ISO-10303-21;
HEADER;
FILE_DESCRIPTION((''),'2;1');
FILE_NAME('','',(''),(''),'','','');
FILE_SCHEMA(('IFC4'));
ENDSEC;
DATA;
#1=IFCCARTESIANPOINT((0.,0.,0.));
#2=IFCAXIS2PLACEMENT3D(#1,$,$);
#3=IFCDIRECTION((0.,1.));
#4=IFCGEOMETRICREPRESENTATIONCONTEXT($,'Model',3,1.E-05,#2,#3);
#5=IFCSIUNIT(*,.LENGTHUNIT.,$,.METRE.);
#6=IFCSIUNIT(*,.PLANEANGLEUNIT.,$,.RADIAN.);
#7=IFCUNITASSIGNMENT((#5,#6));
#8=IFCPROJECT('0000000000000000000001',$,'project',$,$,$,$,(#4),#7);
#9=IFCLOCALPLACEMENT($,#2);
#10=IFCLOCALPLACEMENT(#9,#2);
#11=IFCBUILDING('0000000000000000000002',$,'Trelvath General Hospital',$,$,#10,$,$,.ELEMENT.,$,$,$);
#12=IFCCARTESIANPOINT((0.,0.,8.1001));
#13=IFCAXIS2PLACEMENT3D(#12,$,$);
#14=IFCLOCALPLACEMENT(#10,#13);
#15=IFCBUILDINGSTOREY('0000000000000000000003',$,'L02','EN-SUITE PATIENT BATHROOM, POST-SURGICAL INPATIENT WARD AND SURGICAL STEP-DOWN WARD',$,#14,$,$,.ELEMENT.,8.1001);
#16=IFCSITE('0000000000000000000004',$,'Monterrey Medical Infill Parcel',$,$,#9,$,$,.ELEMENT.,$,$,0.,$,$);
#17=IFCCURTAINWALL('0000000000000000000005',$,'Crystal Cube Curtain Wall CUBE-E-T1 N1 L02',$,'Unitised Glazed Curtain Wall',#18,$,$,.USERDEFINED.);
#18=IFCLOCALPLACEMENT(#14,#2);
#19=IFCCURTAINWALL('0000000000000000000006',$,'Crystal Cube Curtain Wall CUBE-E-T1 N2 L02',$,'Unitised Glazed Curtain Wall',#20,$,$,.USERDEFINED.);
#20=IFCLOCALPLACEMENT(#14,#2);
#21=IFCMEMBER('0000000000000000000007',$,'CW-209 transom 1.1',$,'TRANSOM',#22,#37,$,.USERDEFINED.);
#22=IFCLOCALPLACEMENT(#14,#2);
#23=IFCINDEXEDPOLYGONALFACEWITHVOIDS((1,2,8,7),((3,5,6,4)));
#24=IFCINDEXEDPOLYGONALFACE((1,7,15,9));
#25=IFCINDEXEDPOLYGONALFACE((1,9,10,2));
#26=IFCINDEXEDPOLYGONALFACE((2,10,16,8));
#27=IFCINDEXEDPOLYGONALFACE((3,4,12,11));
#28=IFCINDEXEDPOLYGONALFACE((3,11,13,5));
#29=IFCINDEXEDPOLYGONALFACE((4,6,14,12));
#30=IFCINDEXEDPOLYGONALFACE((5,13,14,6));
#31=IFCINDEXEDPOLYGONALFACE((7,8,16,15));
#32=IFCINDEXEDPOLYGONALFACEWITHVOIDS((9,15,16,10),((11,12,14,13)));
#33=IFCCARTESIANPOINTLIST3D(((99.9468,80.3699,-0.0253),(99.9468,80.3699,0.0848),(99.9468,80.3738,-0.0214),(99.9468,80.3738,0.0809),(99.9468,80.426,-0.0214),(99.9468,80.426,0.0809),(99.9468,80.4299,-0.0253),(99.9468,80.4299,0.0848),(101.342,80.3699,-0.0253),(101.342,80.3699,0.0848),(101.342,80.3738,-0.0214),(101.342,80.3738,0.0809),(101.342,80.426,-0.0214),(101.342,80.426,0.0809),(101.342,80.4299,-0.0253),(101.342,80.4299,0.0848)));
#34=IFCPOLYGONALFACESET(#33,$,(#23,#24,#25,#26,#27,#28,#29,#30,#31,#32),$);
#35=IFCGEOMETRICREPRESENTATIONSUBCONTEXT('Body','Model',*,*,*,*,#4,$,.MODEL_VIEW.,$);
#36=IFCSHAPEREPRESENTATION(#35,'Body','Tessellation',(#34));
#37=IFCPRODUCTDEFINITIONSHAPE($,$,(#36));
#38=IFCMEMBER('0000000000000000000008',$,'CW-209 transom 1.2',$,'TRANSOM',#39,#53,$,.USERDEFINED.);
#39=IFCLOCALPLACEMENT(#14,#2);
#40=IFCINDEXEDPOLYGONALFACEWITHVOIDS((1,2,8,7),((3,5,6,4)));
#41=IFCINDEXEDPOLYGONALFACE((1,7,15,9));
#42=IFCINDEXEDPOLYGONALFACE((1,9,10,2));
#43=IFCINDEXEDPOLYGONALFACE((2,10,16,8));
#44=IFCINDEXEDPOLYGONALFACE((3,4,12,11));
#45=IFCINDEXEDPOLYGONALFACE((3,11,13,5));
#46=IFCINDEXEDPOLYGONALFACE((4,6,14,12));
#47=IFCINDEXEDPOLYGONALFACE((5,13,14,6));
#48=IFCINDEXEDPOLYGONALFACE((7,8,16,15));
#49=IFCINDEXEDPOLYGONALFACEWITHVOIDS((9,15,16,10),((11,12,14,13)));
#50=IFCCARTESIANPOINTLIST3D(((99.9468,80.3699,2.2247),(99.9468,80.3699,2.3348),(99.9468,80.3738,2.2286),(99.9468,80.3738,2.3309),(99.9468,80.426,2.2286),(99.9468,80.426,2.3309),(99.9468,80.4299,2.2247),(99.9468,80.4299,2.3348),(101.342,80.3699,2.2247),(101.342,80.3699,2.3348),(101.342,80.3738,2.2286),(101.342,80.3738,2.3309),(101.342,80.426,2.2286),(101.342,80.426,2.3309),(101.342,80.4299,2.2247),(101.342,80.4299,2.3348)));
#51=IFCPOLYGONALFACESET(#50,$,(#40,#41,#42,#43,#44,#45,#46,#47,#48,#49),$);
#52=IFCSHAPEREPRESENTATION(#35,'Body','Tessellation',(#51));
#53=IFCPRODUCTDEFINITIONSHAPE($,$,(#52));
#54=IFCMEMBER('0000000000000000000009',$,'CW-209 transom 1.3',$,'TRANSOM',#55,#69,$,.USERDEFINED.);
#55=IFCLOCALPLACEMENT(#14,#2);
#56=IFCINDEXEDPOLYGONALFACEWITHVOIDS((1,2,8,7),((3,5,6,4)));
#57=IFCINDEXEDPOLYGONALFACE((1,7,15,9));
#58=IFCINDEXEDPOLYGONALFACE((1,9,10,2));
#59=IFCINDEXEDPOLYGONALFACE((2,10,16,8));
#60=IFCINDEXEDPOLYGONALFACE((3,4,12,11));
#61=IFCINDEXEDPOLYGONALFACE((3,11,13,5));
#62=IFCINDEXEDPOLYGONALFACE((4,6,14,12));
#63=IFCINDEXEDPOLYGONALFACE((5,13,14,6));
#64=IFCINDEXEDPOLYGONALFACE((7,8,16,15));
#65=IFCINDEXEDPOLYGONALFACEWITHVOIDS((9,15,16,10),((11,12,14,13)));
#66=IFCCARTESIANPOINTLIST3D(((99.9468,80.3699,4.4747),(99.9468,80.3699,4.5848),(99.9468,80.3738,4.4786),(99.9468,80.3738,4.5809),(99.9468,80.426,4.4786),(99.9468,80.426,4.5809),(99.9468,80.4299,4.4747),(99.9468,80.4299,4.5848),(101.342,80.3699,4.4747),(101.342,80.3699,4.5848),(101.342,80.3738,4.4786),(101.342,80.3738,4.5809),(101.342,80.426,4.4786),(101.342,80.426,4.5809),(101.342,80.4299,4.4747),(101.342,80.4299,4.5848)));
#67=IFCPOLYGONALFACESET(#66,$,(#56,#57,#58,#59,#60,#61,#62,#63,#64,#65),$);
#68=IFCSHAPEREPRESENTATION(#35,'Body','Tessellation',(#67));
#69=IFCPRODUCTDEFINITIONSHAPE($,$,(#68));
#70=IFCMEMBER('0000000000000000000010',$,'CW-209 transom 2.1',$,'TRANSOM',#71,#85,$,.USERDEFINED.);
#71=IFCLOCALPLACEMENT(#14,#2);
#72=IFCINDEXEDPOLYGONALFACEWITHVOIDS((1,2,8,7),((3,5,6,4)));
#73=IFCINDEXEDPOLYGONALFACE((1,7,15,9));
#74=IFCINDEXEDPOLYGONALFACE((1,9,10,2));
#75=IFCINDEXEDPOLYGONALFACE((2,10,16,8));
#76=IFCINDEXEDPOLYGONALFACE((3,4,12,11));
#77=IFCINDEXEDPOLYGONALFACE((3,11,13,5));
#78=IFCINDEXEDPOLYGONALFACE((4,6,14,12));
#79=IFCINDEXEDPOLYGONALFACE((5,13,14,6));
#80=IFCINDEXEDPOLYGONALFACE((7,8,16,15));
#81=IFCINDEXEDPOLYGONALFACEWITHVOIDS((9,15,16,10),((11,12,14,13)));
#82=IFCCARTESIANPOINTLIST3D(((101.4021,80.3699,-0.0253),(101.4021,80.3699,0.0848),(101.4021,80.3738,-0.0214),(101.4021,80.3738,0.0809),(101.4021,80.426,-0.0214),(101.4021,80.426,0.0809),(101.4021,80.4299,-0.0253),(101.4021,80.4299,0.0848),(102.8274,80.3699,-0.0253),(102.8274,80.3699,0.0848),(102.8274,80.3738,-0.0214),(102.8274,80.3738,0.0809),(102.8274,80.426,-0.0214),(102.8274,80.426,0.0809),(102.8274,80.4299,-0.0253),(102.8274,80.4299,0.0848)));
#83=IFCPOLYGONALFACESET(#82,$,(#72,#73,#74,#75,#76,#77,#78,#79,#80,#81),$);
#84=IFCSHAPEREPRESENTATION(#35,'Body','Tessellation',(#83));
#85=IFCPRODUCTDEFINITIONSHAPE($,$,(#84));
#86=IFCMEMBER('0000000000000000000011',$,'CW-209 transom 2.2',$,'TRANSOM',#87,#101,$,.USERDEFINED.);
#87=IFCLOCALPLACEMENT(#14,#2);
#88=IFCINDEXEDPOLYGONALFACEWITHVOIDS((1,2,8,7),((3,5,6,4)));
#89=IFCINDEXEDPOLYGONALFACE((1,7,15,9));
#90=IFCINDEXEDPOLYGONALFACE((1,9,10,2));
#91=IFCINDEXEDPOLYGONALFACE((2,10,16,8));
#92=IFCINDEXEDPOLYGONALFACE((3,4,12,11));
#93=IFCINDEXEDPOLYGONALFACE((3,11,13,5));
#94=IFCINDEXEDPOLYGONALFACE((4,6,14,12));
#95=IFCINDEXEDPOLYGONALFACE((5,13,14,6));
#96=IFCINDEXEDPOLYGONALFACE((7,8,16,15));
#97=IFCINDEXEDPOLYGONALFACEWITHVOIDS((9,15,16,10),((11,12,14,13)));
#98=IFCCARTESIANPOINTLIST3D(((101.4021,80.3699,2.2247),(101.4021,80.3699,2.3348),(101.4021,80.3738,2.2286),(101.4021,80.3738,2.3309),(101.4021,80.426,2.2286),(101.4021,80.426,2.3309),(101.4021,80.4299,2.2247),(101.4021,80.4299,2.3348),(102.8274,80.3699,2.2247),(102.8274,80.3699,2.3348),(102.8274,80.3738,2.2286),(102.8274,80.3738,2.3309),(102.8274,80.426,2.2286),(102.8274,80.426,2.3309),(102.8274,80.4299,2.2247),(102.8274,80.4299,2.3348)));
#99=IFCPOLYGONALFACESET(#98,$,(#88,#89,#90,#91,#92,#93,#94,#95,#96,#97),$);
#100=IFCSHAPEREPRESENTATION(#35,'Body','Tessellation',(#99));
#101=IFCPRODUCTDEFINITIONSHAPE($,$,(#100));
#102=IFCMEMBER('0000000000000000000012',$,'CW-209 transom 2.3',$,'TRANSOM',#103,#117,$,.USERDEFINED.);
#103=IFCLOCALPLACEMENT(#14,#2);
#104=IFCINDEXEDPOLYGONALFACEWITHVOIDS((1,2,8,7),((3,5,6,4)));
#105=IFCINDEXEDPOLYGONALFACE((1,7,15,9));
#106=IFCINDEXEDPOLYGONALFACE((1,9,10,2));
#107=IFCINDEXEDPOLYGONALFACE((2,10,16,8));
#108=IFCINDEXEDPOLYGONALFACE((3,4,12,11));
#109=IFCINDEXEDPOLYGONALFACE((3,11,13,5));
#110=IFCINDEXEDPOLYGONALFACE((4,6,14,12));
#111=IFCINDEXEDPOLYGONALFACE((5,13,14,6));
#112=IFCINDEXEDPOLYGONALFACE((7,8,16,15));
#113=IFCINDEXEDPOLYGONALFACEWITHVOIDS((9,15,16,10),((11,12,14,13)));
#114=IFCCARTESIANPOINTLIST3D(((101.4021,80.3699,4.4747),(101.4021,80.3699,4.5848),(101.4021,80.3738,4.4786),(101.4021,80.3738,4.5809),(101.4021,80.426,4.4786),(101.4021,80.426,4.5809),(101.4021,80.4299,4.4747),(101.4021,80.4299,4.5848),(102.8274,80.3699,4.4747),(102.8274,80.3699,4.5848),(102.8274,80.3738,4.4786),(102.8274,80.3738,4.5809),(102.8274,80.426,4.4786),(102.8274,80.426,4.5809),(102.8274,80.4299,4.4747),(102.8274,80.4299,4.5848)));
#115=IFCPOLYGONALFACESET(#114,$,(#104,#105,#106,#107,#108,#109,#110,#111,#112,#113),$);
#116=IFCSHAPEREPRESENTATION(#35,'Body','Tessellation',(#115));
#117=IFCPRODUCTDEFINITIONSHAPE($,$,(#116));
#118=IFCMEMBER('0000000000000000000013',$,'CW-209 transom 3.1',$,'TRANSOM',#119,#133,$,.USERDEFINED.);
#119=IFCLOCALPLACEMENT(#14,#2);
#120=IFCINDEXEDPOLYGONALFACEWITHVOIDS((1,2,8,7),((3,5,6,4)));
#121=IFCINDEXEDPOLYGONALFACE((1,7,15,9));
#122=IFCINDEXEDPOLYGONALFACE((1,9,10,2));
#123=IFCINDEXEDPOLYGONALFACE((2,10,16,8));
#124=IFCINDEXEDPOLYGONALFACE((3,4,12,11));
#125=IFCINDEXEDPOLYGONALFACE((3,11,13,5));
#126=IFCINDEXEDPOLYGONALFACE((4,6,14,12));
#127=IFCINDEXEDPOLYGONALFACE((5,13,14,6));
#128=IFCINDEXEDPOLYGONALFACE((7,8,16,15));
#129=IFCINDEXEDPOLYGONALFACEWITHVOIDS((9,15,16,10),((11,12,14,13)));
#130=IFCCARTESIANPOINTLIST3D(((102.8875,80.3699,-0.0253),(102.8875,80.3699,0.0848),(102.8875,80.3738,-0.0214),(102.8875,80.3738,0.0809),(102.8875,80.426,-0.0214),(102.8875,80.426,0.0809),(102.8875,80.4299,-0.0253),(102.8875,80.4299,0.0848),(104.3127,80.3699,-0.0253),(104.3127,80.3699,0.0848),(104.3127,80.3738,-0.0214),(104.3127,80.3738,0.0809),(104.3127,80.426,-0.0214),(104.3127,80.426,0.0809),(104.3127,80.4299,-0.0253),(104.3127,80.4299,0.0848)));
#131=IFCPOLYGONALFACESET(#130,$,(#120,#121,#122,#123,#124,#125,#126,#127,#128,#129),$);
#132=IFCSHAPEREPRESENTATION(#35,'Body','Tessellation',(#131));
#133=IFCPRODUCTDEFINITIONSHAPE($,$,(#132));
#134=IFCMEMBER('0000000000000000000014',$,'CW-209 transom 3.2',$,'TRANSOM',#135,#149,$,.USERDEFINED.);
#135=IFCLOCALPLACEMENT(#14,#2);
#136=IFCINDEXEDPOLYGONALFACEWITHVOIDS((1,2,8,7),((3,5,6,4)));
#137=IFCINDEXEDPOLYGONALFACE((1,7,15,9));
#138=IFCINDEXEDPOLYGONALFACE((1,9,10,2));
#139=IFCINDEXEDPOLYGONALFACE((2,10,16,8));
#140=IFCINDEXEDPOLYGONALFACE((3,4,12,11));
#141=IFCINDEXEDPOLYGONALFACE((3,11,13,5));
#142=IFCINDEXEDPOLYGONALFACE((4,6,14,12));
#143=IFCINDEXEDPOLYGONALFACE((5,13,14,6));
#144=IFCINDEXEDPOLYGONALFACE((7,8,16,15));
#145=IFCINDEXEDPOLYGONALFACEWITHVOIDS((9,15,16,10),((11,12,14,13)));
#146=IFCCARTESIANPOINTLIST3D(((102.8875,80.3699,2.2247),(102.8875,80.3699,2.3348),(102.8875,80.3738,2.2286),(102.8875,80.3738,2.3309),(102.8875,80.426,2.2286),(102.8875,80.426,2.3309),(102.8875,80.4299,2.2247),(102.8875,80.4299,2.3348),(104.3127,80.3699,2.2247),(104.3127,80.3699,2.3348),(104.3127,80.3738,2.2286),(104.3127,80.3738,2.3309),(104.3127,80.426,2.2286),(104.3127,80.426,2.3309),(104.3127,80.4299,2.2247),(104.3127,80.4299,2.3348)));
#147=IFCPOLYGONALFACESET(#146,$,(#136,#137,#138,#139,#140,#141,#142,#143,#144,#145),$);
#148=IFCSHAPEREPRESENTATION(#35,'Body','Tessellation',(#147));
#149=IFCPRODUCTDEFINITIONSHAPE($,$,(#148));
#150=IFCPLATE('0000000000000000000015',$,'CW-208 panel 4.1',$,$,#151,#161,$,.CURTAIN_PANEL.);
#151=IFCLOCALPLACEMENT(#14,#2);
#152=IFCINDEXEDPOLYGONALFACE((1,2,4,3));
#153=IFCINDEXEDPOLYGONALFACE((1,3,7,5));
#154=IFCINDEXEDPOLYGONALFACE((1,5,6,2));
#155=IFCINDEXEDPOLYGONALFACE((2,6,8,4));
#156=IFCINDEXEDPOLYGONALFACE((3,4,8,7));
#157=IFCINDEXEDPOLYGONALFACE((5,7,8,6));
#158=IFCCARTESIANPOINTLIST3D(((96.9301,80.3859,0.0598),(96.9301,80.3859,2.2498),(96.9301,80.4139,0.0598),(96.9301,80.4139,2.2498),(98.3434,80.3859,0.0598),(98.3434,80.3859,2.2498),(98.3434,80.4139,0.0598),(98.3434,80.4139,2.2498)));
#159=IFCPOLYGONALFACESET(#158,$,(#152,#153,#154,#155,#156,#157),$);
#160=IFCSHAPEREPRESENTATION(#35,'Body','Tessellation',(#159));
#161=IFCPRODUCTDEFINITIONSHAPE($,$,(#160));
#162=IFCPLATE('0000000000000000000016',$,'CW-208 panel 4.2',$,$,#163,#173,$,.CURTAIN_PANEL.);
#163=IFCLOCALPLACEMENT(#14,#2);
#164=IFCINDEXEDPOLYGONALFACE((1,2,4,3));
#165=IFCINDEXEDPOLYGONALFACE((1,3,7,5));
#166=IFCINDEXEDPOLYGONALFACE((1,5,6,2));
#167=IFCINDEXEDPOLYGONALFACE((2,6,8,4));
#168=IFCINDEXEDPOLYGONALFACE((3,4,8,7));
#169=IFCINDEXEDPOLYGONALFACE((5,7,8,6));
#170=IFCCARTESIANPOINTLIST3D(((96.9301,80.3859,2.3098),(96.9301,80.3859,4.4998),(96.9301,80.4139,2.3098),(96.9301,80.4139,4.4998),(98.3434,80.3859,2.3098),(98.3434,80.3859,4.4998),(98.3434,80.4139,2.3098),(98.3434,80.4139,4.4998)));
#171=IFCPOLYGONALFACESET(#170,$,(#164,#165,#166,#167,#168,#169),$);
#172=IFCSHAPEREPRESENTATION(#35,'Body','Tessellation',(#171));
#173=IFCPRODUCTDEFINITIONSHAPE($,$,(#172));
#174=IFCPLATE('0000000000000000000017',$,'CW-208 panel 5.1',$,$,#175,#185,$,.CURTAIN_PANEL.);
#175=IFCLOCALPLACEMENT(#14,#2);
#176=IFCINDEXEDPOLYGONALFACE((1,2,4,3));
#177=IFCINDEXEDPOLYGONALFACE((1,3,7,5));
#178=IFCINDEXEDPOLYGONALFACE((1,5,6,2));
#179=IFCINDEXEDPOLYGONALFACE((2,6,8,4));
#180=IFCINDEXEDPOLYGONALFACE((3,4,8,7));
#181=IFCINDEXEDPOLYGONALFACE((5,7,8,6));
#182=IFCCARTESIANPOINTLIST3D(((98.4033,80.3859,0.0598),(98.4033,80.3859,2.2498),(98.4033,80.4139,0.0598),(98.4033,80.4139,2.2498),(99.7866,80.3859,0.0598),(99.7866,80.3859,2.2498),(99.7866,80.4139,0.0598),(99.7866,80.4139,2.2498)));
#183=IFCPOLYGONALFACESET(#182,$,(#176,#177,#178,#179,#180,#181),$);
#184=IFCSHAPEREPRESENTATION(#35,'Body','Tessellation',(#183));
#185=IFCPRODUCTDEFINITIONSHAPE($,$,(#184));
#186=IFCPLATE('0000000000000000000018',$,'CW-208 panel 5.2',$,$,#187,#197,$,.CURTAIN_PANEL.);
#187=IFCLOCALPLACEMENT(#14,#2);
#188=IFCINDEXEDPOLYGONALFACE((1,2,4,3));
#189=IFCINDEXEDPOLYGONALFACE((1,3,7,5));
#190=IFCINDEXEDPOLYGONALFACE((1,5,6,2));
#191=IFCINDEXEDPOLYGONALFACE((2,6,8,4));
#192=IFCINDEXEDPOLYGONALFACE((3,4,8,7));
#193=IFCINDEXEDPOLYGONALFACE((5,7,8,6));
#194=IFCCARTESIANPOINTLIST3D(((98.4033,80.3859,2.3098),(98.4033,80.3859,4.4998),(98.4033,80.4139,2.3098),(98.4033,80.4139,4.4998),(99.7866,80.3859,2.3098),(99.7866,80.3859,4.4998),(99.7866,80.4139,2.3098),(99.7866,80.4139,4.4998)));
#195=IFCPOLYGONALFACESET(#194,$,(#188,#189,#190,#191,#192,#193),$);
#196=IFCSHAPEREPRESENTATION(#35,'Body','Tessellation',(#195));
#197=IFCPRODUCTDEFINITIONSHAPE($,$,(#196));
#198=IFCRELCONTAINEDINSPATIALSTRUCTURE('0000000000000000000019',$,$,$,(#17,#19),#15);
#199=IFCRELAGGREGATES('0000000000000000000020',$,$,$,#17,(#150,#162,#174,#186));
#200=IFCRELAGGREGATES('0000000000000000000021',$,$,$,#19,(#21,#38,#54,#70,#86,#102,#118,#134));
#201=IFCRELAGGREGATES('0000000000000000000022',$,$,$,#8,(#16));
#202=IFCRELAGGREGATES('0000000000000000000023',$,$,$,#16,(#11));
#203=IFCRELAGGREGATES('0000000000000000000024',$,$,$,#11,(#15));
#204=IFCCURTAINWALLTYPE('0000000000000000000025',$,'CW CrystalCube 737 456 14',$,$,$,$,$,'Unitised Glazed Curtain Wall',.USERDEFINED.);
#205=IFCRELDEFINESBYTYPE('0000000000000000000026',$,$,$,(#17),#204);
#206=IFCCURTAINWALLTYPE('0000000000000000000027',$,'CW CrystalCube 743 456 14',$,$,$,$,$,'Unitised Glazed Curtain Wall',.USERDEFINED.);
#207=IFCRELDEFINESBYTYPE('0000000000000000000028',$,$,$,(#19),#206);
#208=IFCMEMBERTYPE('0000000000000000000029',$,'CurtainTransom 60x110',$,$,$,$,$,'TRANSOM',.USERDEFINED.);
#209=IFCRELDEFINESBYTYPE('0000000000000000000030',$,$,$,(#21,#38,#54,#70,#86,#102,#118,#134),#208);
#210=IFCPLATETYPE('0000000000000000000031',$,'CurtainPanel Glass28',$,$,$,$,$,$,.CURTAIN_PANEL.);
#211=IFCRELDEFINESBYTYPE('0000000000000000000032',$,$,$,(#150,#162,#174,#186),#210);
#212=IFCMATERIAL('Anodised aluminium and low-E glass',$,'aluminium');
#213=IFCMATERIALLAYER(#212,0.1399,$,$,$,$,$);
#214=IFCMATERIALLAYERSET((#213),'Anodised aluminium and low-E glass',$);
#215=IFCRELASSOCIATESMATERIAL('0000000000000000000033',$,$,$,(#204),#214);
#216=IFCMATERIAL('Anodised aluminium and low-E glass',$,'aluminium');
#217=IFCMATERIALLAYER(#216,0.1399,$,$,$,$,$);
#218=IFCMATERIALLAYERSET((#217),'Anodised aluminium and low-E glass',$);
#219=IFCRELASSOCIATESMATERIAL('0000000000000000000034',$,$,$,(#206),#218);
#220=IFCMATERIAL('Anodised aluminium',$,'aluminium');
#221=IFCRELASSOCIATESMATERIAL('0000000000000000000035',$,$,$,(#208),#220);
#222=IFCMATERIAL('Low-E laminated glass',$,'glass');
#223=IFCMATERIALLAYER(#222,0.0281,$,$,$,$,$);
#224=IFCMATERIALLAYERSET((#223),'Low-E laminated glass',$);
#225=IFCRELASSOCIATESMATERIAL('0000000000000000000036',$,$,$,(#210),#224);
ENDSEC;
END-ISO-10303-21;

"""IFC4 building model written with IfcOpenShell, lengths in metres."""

from ifc_helpers import new_model, si_unit, direction, frame, origin, origin_2d, place, context, subcontext, project, spatial, rectangle, hollow_rectangle, extrude, material, layer, layer_set, material_profile, profile_set, type_object, element, aggregate, save


model = new_model("IFC4")

# Units and contexts
model_context = context("Model", 3, precision=1e-05, world=origin(), true_north=direction((0.0, 1.0)))
body_context = subcontext(model_context, "Body", "Model", "MODEL_VIEW")
ifc_project = project(units=[si_unit("LENGTHUNIT", "METRE"), si_unit("PLANEANGLEUNIT", "RADIAN")], contexts=[model_context])

# Site, building, storey
site_placement = place(None, origin())
site = spatial("IfcSite", under=ifc_project, at=site_placement, Name="Monterrey Medical Infill Parcel", CompositionType="ELEMENT", RefElevation=0.0)
building_placement = place(site_placement, origin())
building = spatial("IfcBuilding", under=site, at=building_placement, Name="Trelvath General Hospital", CompositionType="ELEMENT")
storey_placement = place(building_placement, frame((0.0, 0.0, 8.1001)))
storey = spatial("IfcBuildingStorey", under=building, at=storey_placement, Name="L02", Description="EN-SUITE PATIENT BATHROOM, POST-SURGICAL INPATIENT WARD AND SURGICAL STEP-DOWN WARD", CompositionType="ELEMENT", Elevation=8.1001)

# Curtain walls
ifc_material_1 = material(Name="Anodised aluminium and low-E glass", Category="aluminium")
ifc_layer_1 = layer(ifc_material_1, 0.1399)
ifc_layer_set_1 = layer_set([ifc_layer_1], Name="Anodised aluminium and low-E glass")
curtain_wall_type_1 = type_object("IfcCurtainWallType", Name="CW CrystalCube 737 456 14", ElementType="Unitised Glazed Curtain Wall", PredefinedType="USERDEFINED", material=ifc_layer_set_1)
curtain_wall_1_placement = place(storey_placement, origin())
curtain_wall_1 = element("IfcCurtainWall", 1, at=curtain_wall_1_placement, inside=storey, type_object=curtain_wall_type_1, Name="Crystal Cube Curtain Wall CUBE-E-T1 N1 L02", ObjectType="Unitised Glazed Curtain Wall", PredefinedType="USERDEFINED")
ifc_material_2 = material(Name="Anodised aluminium and low-E glass", Category="aluminium")
ifc_layer_2 = layer(ifc_material_2, 0.1399)
ifc_layer_set_2 = layer_set([ifc_layer_2], Name="Anodised aluminium and low-E glass")
curtain_wall_type_2 = type_object("IfcCurtainWallType", Name="CW CrystalCube 743 456 14", ElementType="Unitised Glazed Curtain Wall", PredefinedType="USERDEFINED", material=ifc_layer_set_2)
curtain_wall_2_placement = place(storey_placement, origin())
curtain_wall_2 = element("IfcCurtainWall", 2, at=curtain_wall_2_placement, inside=storey, type_object=curtain_wall_type_2, Name="Crystal Cube Curtain Wall CUBE-E-T1 N2 L02", ObjectType="Unitised Glazed Curtain Wall", PredefinedType="USERDEFINED")

# Members
ifc_material_3 = material(Name="Anodised aluminium", Category="aluminium")
ifc_material_profile_1 = material_profile(ifc_material_3, hollow_rectangle(XDim=0.0601, YDim=0.1101, WallThickness=0.0039, at=origin_2d()), Name="RHS60x110x4")
ifc_profile_set_1 = profile_set([ifc_material_profile_1], Name="Anodised aluminium")
member_type_1 = type_object("IfcMemberType", Name="CurtainTransom 60x110", ElementType="TRANSOM", PredefinedType="USERDEFINED", material=ifc_profile_set_1)
member_1_placement = place(storey_placement, frame((99.9468, 80.3999, 0.0298), z_axis=(1.0, 0.0, 0.0), x_axis=(0.0, 1.0, 0.0)))
member_1 = element("IfcMember", 3, at=member_1_placement, type_object=member_type_1, Name="CW-209 transom 1.1", ObjectType="TRANSOM", PredefinedType="USERDEFINED", context=body_context, shape_type="SweptSolid", body=[
    extrude(hollow_rectangle(XDim=0.0601, YDim=0.1101, WallThickness=0.0039, at=origin_2d()), origin(), (0.0, 0.0, 1.0), 1.3953),
])
member_2_placement = place(storey_placement, frame((99.9468, 80.3999, 2.2798), z_axis=(1.0, 0.0, 0.0), x_axis=(0.0, 1.0, 0.0)))
member_2 = element("IfcMember", 4, at=member_2_placement, type_object=member_type_1, Name="CW-209 transom 1.2", ObjectType="TRANSOM", PredefinedType="USERDEFINED", context=body_context, shape_type="SweptSolid", body=[
    extrude(hollow_rectangle(XDim=0.0601, YDim=0.1101, WallThickness=0.0039, at=origin_2d()), origin(), (0.0, 0.0, 1.0), 1.3953),
])
member_3_placement = place(storey_placement, frame((99.9468, 80.3999, 4.5298), z_axis=(1.0, 0.0, 0.0), x_axis=(0.0, 1.0, 0.0)))
member_3 = element("IfcMember", 5, at=member_3_placement, type_object=member_type_1, Name="CW-209 transom 1.3", ObjectType="TRANSOM", PredefinedType="USERDEFINED", context=body_context, shape_type="SweptSolid", body=[
    extrude(hollow_rectangle(XDim=0.0601, YDim=0.1101, WallThickness=0.0039, at=origin_2d()), origin(), (0.0, 0.0, 1.0), 1.3953),
])
member_4_placement = place(storey_placement, frame((101.4021, 80.3999, 0.0298), z_axis=(1.0, 0.0, 0.0), x_axis=(0.0, 1.0, 0.0)))
member_4 = element("IfcMember", 6, at=member_4_placement, type_object=member_type_1, Name="CW-209 transom 2.1", ObjectType="TRANSOM", PredefinedType="USERDEFINED", context=body_context, shape_type="SweptSolid", body=[
    extrude(hollow_rectangle(XDim=0.0601, YDim=0.1101, WallThickness=0.0039, at=origin_2d()), origin(), (0.0, 0.0, 1.0), 1.4253),
])
member_5_placement = place(storey_placement, frame((101.4021, 80.3999, 2.2798), z_axis=(1.0, 0.0, 0.0), x_axis=(0.0, 1.0, 0.0)))
member_5 = element("IfcMember", 7, at=member_5_placement, type_object=member_type_1, Name="CW-209 transom 2.2", ObjectType="TRANSOM", PredefinedType="USERDEFINED", context=body_context, shape_type="SweptSolid", body=[
    extrude(hollow_rectangle(XDim=0.0601, YDim=0.1101, WallThickness=0.0039, at=origin_2d()), origin(), (0.0, 0.0, 1.0), 1.4253),
])
member_6_placement = place(storey_placement, frame((101.4021, 80.3999, 4.5298), z_axis=(1.0, 0.0, 0.0), x_axis=(0.0, 1.0, 0.0)))
member_6 = element("IfcMember", 8, at=member_6_placement, type_object=member_type_1, Name="CW-209 transom 2.3", ObjectType="TRANSOM", PredefinedType="USERDEFINED", context=body_context, shape_type="SweptSolid", body=[
    extrude(hollow_rectangle(XDim=0.0601, YDim=0.1101, WallThickness=0.0039, at=origin_2d()), origin(), (0.0, 0.0, 1.0), 1.4253),
])
member_7_placement = place(storey_placement, frame((102.8875, 80.3999, 0.0298), z_axis=(1.0, 0.0, 0.0), x_axis=(0.0, 1.0, 0.0)))
member_7 = element("IfcMember", 9, at=member_7_placement, type_object=member_type_1, Name="CW-209 transom 3.1", ObjectType="TRANSOM", PredefinedType="USERDEFINED", context=body_context, shape_type="SweptSolid", body=[
    extrude(hollow_rectangle(XDim=0.0601, YDim=0.1101, WallThickness=0.0039, at=origin_2d()), origin(), (0.0, 0.0, 1.0), 1.4253),
])
member_8_placement = place(storey_placement, frame((102.8875, 80.3999, 2.2798), z_axis=(1.0, 0.0, 0.0), x_axis=(0.0, 1.0, 0.0)))
member_8 = element("IfcMember", 10, at=member_8_placement, type_object=member_type_1, Name="CW-209 transom 3.2", ObjectType="TRANSOM", PredefinedType="USERDEFINED", context=body_context, shape_type="SweptSolid", body=[
    extrude(hollow_rectangle(XDim=0.0601, YDim=0.1101, WallThickness=0.0039, at=origin_2d()), origin(), (0.0, 0.0, 1.0), 1.4253),
])

# Plates
ifc_material_4 = material(Name="Low-E laminated glass", Category="glass")
ifc_layer_3 = layer(ifc_material_4, 0.0281)
ifc_layer_set_3 = layer_set([ifc_layer_3], Name="Low-E laminated glass")
plate_type = type_object("IfcPlateType", Name="CurtainPanel Glass28", PredefinedType="CURTAIN_PANEL", material=ifc_layer_set_3)
plate_1_placement = place(storey_placement, frame((97.6367, 80.3999, 0.0598), z_axis=(0.0, 0.0, 1.0), x_axis=(1.0, 0.0, 0.0)))
plate_1 = element("IfcPlate", 11, at=plate_1_placement, type_object=plate_type, Name="CW-208 panel 4.1", PredefinedType="CURTAIN_PANEL", context=body_context, shape_type="SweptSolid", body=[
    extrude(rectangle(XDim=1.4133, YDim=0.0281, at=origin_2d()), origin(), (0.0, 0.0, 1.0), 2.1899),
])
plate_2_placement = place(storey_placement, frame((97.6367, 80.3999, 2.3098), z_axis=(0.0, 0.0, 1.0), x_axis=(1.0, 0.0, 0.0)))
plate_2 = element("IfcPlate", 12, at=plate_2_placement, type_object=plate_type, Name="CW-208 panel 4.2", PredefinedType="CURTAIN_PANEL", context=body_context, shape_type="SweptSolid", body=[
    extrude(rectangle(XDim=1.4133, YDim=0.0281, at=origin_2d()), origin(), (0.0, 0.0, 1.0), 2.1899),
])
plate_3_placement = place(storey_placement, frame((99.095, 80.3999, 0.0598), z_axis=(0.0, 0.0, 1.0), x_axis=(1.0, 0.0, 0.0)))
plate_3 = element("IfcPlate", 13, at=plate_3_placement, type_object=plate_type, Name="CW-208 panel 5.1", PredefinedType="CURTAIN_PANEL", context=body_context, shape_type="SweptSolid", body=[
    extrude(rectangle(XDim=1.3833, YDim=0.0281, at=origin_2d()), origin(), (0.0, 0.0, 1.0), 2.1899),
])
plate_4_placement = place(storey_placement, frame((99.095, 80.3999, 2.3098), z_axis=(0.0, 0.0, 1.0), x_axis=(1.0, 0.0, 0.0)))
plate_4 = element("IfcPlate", 14, at=plate_4_placement, type_object=plate_type, Name="CW-208 panel 5.2", PredefinedType="CURTAIN_PANEL", context=body_context, shape_type="SweptSolid", body=[
    extrude(rectangle(XDim=1.3833, YDim=0.0281, at=origin_2d()), origin(), (0.0, 0.0, 1.0), 2.1899),
])
aggregate(curtain_wall_1, [plate_1, plate_2, plate_3, plate_4])
aggregate(curtain_wall_2, [member_1, member_2, member_3, member_4, member_5, member_6, member_7, member_8])

save(model, "model.ifc")
